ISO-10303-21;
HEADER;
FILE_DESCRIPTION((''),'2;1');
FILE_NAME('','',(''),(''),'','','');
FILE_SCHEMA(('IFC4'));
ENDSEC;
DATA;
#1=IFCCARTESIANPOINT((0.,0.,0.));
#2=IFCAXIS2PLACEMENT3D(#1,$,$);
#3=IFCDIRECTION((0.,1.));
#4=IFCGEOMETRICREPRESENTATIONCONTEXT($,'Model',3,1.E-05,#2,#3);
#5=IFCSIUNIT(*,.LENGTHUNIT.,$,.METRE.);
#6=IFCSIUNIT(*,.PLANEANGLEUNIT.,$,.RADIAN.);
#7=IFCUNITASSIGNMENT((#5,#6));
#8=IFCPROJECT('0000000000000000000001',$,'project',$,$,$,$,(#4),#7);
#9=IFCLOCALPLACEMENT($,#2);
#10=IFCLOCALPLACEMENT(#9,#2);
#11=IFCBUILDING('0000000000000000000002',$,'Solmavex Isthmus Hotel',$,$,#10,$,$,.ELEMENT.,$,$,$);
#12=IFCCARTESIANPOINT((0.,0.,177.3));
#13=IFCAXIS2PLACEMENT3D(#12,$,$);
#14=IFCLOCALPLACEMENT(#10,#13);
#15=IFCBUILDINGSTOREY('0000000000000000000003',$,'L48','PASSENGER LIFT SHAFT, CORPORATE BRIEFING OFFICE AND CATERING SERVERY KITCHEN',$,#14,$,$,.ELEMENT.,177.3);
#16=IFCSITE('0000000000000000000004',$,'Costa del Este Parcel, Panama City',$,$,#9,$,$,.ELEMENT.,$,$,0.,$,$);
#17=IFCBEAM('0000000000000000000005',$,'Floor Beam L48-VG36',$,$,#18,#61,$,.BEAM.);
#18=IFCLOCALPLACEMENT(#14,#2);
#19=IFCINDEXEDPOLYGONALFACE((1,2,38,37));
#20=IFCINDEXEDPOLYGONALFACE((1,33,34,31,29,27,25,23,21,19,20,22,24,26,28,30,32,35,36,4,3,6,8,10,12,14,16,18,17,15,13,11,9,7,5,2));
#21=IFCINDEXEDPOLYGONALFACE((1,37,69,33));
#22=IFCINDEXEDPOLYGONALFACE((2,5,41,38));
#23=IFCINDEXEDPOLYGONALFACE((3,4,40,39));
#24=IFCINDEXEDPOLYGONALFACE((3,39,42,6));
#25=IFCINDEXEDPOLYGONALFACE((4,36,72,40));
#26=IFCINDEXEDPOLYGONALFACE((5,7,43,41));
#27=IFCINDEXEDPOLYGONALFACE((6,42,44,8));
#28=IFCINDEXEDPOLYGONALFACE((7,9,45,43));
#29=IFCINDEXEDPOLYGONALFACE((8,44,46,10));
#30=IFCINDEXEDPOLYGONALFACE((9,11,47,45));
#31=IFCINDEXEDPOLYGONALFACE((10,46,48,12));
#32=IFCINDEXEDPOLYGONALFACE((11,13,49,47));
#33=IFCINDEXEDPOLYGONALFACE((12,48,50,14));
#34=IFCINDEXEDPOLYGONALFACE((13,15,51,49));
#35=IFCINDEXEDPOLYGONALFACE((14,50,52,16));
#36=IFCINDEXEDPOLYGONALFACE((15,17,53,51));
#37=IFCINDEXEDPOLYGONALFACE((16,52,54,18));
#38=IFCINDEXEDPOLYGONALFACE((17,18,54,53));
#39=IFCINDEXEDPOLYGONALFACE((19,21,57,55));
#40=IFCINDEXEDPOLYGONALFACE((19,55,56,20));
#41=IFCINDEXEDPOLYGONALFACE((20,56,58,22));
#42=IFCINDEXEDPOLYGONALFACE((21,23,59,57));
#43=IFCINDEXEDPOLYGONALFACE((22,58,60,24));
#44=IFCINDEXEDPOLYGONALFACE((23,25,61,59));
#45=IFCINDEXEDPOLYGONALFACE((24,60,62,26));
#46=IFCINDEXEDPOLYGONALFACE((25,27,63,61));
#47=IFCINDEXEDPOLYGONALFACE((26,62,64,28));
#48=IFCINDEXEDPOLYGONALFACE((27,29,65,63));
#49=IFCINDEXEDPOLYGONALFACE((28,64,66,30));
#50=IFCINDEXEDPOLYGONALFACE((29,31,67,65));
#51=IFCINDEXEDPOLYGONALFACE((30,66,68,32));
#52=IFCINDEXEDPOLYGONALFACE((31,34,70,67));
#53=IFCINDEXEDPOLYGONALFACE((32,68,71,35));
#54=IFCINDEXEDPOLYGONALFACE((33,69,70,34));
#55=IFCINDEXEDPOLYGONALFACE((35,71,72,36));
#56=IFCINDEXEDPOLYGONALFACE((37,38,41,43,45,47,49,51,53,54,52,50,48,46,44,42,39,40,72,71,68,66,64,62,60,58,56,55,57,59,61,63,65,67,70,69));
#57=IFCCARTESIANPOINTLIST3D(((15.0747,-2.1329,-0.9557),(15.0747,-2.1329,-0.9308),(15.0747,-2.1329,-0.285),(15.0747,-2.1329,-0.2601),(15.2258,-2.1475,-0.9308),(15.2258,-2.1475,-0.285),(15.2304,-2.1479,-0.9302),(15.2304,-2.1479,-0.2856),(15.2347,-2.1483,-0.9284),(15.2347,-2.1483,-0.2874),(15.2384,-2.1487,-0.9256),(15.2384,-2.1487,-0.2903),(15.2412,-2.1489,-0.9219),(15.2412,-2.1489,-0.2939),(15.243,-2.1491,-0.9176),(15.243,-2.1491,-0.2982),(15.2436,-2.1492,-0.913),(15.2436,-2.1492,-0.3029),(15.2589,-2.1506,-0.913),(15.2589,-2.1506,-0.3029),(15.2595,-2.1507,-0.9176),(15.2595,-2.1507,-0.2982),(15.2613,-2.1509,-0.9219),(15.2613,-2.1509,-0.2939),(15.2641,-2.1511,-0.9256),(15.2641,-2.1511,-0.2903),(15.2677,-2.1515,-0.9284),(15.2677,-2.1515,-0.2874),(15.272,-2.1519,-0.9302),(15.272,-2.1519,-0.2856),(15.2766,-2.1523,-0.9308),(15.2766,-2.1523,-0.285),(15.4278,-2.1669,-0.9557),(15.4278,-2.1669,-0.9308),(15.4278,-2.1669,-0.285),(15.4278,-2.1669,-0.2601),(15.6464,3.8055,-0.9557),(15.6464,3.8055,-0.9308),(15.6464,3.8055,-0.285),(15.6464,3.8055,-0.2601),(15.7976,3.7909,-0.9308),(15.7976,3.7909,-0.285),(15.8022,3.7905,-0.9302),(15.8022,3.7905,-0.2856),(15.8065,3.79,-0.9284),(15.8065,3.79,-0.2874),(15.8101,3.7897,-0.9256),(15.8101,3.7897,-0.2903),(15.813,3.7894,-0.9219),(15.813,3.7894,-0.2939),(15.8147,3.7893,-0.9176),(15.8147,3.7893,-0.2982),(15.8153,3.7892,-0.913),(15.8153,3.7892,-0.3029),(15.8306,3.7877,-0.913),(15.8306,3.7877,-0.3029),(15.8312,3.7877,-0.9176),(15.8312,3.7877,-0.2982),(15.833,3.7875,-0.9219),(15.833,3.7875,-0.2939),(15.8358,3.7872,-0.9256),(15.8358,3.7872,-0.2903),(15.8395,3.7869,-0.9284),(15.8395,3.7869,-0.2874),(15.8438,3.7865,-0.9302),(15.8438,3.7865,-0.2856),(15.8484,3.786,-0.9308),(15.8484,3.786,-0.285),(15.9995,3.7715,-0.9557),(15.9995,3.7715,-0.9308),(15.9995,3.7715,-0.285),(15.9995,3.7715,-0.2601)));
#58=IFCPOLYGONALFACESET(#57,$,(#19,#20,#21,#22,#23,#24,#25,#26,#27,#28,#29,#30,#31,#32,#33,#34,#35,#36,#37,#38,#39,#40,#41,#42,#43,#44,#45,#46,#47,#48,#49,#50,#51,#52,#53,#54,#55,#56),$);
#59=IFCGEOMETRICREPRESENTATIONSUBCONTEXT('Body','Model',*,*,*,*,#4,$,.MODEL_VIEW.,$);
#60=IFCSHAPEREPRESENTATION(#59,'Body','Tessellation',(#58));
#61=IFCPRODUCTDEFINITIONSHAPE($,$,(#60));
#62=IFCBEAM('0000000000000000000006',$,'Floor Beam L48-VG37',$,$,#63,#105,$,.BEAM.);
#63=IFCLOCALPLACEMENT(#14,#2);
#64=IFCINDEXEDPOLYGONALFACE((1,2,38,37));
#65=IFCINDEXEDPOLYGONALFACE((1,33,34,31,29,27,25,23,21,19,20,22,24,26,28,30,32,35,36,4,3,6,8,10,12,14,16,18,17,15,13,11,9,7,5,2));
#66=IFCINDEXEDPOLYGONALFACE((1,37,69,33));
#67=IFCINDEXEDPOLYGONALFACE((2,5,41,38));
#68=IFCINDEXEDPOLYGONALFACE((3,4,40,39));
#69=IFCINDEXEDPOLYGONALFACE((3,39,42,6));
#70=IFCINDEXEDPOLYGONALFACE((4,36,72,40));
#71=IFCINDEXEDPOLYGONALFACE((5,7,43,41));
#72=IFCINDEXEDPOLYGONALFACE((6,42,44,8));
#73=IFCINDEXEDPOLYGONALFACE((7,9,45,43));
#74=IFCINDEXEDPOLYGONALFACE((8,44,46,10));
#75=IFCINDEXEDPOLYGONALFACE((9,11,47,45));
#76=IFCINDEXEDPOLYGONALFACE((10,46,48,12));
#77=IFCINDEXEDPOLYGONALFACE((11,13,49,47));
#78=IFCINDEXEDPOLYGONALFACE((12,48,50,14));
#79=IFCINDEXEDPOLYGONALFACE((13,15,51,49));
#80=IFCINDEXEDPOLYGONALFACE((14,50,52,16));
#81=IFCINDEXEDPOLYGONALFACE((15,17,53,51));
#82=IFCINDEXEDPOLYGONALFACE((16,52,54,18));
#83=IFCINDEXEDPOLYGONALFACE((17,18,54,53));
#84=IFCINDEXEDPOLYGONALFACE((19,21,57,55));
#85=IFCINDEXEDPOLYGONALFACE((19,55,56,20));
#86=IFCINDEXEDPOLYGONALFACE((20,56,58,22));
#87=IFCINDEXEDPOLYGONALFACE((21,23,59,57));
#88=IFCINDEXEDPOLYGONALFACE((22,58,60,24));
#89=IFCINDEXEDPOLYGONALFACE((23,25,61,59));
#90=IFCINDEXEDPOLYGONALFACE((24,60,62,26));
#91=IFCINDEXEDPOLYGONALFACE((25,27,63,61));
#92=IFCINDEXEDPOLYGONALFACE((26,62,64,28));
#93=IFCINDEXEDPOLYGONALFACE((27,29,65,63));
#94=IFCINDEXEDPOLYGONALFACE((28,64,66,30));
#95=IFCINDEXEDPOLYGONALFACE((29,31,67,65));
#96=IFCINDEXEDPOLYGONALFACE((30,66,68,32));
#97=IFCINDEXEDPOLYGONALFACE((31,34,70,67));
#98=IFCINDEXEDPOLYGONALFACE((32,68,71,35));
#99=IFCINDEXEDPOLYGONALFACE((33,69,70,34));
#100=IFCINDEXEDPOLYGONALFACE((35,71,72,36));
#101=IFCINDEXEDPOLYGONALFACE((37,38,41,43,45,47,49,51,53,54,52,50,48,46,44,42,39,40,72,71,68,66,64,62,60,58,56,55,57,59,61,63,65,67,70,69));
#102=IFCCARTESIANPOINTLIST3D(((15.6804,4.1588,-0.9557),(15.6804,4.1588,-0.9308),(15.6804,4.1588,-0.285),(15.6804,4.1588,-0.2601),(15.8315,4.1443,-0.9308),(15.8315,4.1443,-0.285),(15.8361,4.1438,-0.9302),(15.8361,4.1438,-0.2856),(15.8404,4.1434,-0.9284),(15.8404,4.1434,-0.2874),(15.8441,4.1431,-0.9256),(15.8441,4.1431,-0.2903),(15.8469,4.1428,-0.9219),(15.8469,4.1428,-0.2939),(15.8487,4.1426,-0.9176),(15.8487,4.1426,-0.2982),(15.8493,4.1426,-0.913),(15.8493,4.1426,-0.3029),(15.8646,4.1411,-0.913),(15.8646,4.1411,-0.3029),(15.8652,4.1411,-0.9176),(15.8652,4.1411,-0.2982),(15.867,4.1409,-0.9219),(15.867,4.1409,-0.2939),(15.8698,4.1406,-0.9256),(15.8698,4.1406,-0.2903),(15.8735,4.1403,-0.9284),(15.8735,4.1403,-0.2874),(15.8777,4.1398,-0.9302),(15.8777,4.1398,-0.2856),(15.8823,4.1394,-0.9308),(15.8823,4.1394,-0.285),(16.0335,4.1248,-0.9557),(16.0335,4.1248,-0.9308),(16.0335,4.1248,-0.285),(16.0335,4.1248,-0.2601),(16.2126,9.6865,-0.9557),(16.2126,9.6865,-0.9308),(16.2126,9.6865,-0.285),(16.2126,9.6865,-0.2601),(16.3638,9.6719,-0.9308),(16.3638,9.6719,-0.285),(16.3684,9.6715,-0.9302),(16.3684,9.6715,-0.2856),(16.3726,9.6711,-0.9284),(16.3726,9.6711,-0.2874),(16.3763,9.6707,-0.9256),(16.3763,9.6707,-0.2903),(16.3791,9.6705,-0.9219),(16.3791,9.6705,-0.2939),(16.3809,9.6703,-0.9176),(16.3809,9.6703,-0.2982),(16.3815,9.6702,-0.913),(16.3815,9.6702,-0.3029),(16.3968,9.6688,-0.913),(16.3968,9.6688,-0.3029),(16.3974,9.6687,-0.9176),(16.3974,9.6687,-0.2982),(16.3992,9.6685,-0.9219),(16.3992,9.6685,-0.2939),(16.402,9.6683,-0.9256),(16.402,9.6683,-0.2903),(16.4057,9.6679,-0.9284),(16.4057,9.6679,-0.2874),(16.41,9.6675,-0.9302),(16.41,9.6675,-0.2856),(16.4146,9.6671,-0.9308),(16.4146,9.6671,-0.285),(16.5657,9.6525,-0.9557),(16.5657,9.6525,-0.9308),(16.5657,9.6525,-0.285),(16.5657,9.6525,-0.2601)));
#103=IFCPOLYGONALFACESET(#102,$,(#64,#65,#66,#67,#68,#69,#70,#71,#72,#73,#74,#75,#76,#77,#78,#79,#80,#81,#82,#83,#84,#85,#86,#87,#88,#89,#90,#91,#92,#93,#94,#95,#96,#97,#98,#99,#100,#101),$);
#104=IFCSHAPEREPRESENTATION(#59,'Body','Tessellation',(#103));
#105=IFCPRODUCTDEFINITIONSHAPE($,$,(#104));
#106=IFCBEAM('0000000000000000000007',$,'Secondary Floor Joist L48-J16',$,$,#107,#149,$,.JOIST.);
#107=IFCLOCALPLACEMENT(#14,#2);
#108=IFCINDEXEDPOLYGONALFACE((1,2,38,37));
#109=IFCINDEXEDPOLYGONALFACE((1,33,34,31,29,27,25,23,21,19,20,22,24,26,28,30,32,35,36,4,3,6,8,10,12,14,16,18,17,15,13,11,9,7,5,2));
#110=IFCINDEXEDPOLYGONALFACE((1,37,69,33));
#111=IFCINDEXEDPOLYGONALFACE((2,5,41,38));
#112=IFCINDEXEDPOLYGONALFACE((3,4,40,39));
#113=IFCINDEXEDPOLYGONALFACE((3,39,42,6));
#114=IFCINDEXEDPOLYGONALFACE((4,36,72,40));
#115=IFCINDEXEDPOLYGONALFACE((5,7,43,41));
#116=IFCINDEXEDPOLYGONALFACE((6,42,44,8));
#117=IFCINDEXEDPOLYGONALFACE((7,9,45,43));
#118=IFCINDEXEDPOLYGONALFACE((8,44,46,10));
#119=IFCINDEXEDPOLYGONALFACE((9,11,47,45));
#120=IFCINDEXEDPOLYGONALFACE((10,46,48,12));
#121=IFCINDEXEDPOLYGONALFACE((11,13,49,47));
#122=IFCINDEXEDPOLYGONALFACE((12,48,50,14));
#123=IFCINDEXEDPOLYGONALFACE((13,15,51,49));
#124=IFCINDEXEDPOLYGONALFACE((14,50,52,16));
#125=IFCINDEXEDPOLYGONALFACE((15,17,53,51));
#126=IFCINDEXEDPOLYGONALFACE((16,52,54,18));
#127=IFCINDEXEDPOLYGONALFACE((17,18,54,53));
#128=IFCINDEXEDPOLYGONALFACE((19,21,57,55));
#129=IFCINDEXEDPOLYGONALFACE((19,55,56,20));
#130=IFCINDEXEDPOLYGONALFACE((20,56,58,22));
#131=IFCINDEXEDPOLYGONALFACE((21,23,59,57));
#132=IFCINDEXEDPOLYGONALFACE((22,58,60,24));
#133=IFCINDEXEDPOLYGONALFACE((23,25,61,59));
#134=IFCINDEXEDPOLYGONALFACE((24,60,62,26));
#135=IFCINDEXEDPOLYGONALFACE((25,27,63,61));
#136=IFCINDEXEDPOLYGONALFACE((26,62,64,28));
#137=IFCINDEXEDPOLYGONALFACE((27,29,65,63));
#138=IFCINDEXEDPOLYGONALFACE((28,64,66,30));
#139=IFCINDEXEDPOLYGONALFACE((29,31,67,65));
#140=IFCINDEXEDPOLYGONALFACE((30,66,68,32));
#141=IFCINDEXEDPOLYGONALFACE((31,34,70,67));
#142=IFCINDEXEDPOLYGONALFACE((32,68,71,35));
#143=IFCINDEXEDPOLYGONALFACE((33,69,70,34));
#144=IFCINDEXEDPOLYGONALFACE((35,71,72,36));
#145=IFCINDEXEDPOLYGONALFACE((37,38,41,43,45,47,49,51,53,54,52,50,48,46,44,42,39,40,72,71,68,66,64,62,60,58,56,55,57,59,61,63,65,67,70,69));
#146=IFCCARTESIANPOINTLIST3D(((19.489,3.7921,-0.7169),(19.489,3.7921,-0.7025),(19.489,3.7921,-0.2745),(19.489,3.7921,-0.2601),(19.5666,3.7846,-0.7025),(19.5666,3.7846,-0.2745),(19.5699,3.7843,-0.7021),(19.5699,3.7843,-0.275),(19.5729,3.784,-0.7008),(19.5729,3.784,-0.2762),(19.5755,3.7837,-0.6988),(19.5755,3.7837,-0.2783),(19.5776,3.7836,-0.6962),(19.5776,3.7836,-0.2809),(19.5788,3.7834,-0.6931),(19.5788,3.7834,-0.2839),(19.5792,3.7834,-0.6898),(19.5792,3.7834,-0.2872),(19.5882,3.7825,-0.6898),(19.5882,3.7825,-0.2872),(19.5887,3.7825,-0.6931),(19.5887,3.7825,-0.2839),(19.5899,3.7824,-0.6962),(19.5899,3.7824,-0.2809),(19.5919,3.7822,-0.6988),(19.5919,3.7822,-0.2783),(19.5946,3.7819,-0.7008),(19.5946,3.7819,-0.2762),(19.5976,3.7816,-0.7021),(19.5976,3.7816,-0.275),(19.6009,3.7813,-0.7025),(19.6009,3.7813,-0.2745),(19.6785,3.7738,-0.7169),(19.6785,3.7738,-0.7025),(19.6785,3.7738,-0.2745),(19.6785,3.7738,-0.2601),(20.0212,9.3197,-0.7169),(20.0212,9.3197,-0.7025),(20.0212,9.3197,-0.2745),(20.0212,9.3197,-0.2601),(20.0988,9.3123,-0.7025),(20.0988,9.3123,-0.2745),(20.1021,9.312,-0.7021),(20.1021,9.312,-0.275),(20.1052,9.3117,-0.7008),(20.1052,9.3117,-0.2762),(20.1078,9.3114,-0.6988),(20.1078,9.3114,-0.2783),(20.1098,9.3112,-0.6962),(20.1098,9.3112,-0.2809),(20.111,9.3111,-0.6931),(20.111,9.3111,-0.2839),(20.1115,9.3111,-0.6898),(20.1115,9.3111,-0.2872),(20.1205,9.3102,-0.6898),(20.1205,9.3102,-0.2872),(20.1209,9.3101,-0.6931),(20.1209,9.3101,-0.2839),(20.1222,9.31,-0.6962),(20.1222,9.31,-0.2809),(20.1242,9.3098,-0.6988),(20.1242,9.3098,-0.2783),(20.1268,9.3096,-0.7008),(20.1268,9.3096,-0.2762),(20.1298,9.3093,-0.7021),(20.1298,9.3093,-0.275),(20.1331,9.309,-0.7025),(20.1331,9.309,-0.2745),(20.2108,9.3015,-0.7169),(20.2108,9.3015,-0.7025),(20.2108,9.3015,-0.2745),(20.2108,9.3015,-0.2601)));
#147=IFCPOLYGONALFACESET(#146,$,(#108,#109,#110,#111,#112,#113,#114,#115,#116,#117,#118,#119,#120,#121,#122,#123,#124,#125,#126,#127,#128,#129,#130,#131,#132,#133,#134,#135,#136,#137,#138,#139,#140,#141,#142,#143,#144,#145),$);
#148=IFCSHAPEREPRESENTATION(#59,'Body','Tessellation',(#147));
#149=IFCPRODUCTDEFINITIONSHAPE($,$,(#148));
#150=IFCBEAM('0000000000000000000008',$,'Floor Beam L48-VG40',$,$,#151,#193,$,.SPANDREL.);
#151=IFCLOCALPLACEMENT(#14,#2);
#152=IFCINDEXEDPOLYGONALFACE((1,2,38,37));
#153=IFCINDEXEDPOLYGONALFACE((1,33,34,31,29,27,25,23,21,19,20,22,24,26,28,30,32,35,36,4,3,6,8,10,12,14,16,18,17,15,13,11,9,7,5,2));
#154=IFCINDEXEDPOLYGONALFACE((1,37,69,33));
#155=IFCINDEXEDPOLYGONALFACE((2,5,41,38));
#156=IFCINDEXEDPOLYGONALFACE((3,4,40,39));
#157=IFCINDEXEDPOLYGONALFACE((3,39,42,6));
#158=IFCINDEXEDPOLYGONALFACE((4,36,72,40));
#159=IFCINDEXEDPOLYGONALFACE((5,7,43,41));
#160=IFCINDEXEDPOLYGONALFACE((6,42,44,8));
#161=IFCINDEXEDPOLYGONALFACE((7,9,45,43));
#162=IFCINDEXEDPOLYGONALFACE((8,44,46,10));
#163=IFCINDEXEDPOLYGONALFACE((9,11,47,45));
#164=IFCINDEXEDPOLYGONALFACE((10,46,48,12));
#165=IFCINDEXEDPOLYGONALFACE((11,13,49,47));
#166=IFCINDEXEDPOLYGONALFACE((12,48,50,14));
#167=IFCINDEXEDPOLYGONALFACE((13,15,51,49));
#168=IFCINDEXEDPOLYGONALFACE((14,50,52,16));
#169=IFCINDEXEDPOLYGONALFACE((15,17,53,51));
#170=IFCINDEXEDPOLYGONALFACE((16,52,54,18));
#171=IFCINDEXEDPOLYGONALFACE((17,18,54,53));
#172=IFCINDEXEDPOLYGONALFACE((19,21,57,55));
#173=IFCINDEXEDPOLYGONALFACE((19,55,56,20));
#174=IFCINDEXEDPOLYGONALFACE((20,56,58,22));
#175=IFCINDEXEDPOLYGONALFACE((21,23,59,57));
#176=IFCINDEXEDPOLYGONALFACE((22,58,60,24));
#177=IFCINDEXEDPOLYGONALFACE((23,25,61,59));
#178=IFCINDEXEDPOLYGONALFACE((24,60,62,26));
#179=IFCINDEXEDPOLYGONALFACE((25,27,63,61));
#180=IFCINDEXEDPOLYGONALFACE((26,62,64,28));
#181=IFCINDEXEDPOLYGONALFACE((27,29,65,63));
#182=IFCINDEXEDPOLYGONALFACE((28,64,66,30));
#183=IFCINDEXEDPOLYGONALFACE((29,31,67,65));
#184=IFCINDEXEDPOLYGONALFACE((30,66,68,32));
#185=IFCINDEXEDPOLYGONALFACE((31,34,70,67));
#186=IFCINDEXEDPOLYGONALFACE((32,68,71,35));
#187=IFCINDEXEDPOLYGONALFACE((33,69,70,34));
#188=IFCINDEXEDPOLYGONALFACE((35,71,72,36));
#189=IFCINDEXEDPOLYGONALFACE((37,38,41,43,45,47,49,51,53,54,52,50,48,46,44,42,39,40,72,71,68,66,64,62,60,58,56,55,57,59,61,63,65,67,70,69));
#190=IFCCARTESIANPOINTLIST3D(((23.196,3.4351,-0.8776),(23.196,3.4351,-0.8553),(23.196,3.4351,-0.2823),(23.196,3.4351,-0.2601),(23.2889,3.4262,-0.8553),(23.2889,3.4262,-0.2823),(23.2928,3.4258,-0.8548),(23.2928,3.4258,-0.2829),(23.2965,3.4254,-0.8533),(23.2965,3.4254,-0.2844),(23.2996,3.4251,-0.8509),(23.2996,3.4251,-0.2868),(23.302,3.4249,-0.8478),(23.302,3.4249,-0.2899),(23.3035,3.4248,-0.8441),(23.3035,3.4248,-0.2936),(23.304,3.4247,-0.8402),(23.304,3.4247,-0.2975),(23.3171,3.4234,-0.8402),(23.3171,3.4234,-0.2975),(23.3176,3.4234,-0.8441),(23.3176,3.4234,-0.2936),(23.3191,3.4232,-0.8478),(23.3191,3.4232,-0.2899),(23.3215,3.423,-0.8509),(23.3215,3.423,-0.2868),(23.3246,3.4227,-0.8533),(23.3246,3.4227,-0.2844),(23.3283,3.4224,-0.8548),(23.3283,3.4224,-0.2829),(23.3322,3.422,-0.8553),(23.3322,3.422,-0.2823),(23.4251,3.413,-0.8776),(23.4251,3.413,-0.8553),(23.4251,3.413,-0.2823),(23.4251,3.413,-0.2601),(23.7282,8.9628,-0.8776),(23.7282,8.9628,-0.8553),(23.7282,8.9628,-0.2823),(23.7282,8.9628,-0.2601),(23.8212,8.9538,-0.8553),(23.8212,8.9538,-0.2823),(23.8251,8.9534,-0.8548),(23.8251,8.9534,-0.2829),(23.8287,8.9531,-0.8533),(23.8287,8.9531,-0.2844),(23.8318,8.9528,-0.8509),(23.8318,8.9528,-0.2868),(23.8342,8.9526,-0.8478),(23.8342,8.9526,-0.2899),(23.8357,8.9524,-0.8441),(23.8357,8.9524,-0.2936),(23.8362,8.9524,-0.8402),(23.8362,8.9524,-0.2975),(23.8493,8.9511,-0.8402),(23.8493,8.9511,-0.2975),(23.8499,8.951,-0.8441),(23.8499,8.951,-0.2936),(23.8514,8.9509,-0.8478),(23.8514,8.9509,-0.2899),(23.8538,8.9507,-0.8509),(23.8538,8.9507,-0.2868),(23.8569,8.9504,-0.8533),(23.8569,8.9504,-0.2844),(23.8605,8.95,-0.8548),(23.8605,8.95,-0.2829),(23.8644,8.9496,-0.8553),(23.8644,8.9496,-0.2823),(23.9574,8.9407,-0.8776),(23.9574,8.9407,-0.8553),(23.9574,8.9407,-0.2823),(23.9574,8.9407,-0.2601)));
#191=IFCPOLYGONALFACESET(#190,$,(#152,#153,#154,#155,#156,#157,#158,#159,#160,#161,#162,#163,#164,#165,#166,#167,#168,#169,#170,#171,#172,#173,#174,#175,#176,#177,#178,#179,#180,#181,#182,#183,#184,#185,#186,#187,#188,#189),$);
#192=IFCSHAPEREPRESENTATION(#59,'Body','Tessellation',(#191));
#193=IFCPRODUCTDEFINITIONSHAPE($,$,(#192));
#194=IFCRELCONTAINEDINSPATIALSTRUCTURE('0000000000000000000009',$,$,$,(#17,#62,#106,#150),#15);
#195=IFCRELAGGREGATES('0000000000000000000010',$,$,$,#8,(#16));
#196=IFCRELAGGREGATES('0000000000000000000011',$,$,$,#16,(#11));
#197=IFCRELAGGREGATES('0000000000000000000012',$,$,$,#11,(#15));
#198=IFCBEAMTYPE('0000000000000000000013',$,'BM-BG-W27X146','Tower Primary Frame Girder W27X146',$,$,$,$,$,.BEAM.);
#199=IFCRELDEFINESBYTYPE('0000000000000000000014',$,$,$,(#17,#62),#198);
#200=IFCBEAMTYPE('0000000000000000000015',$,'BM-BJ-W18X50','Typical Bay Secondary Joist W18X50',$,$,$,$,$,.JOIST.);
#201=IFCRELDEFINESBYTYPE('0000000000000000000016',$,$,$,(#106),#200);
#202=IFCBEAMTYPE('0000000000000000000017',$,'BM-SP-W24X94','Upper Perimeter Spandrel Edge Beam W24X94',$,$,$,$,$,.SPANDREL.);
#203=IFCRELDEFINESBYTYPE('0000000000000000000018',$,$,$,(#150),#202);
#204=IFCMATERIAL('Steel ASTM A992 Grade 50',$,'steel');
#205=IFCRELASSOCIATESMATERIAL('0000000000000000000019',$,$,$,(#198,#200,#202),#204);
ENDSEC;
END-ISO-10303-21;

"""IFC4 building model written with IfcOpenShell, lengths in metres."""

from ifc_helpers import new_model, si_unit, direction, frame, origin, origin_2d, place, context, subcontext, project, spatial, i_section, extrude, material, material_profile, profile_set, type_object, element, save


model = new_model("IFC4")

# Units and contexts
model_context = context("Model", 3, precision=1e-05, world=origin(), true_north=direction((0.0, 1.0)))
body_context = subcontext(model_context, "Body", "Model", "MODEL_VIEW")
ifc_project = project(units=[si_unit("LENGTHUNIT", "METRE"), si_unit("PLANEANGLEUNIT", "RADIAN")], contexts=[model_context])

# Site, building, storey
site_placement = place(None, origin())
site = spatial("IfcSite", under=ifc_project, at=site_placement, Name="Costa del Este Parcel, Panama City", CompositionType="ELEMENT", RefElevation=0.0)
building_placement = place(site_placement, origin())
building = spatial("IfcBuilding", under=site, at=building_placement, Name="Solmavex Isthmus Hotel", CompositionType="ELEMENT")
storey_placement = place(building_placement, frame((0.0, 0.0, 177.3)))
storey = spatial("IfcBuildingStorey", under=building, at=storey_placement, Name="L48", Description="PASSENGER LIFT SHAFT, CORPORATE BRIEFING OFFICE AND CATERING SERVERY KITCHEN", CompositionType="ELEMENT", Elevation=177.3)

# Beams
ifc_material_1 = material(Name="Steel ASTM A992 Grade 50", Category="steel")
ifc_material_profile_1 = material_profile(ifc_material_1, i_section(OverallWidth=0.3547, OverallDepth=0.6956, WebThickness=0.0154, FlangeThickness=0.0249, FilletRadius=0.0178, at=origin_2d()), Name="W27X146")
ifc_profile_set_1 = profile_set([ifc_material_profile_1], Name="Steel ASTM A992 Grade 50")
beam_type_1 = type_object("IfcBeamType", Name="BM-BG-W27X146", Description="Tower Primary Frame Girder W27X146", PredefinedType="BEAM", material=ifc_profile_set_1)
beam_1_placement = place(storey_placement, frame((15.2512, -2.1499, -0.6079), z_axis=(0.09584, 0.995397, 0.0), x_axis=(-0.995397, 0.09584, 0.0)))
element("IfcBeam", 1, at=beam_1_placement, inside=storey, type_object=beam_type_1, Name="Floor Beam L48-VG36", PredefinedType="BEAM", context=body_context, shape_type="SweptSolid", body=[
    extrude(i_section(OverallWidth=0.3547, OverallDepth=0.6956, WebThickness=0.0154, FlangeThickness=0.0249, FilletRadius=0.0178, at=origin_2d()), origin(), (0.0, 0.0, 1.0), 5.9658),
])
beam_2_placement = place(storey_placement, frame((15.8569, 4.1418, -0.6079), z_axis=(0.095842, 0.995397, 0.0), x_axis=(-0.995397, 0.095842, 0.0)))
element("IfcBeam", 2, at=beam_2_placement, inside=storey, type_object=beam_type_1, Name="Floor Beam L48-VG37", PredefinedType="BEAM", context=body_context, shape_type="SweptSolid", body=[
    extrude(i_section(OverallWidth=0.3547, OverallDepth=0.6956, WebThickness=0.0154, FlangeThickness=0.0249, FilletRadius=0.0178, at=origin_2d()), origin(), (0.0, 0.0, 1.0), 5.5532),
])
ifc_material_profile_2 = material_profile(ifc_material_1, i_section(OverallWidth=0.1904, OverallDepth=0.4568, WebThickness=0.009, FlangeThickness=0.0144, FilletRadius=0.0127, at=origin_2d()), Name="W18X50")
ifc_profile_set_2 = profile_set([ifc_material_profile_2], Name="Steel ASTM A992 Grade 50")
beam_type_2 = type_object("IfcBeamType", Name="BM-BJ-W18X50", Description="Typical Bay Secondary Joist W18X50", PredefinedType="JOIST", material=ifc_profile_set_2)
beam_3_placement = place(storey_placement, frame((19.5837, 3.783, -0.4885), z_axis=(0.095842, 0.995397, 0.0), x_axis=(-0.995397, 0.095842, 0.0)))
element("IfcBeam", 3, at=beam_3_placement, inside=storey, type_object=beam_type_2, Name="Secondary Floor Joist L48-J16", PredefinedType="JOIST", context=body_context, shape_type="SweptSolid", body=[
    extrude(i_section(OverallWidth=0.1904, OverallDepth=0.4568, WebThickness=0.009, FlangeThickness=0.0144, FilletRadius=0.0127, at=origin_2d()), origin(), (0.0, 0.0, 1.0), 5.5532),
])
ifc_material_profile_3 = material_profile(ifc_material_1, i_section(OverallWidth=0.2302, OverallDepth=0.6174, WebThickness=0.0132, FlangeThickness=0.0222, FilletRadius=0.0151, at=origin_2d()), Name="W24X94")
ifc_profile_set_3 = profile_set([ifc_material_profile_3], Name="Steel ASTM A992 Grade 50")
beam_type_3 = type_object("IfcBeamType", Name="BM-SP-W24X94", Description="Upper Perimeter Spandrel Edge Beam W24X94", PredefinedType="SPANDREL", material=ifc_profile_set_3)
beam_4_placement = place(storey_placement, frame((23.3105, 3.4241, -0.5688), z_axis=(0.095842, 0.995397, 0.0), x_axis=(-0.995397, 0.095842, 0.0)))
element("IfcBeam", 4, at=beam_4_placement, inside=storey, type_object=beam_type_3, Name="Floor Beam L48-VG40", PredefinedType="SPANDREL", context=body_context, shape_type="SweptSolid", body=[
    extrude(i_section(OverallWidth=0.2302, OverallDepth=0.6174, WebThickness=0.0132, FlangeThickness=0.0222, FilletRadius=0.0151, at=origin_2d()), origin(), (0.0, 0.0, 1.0), 5.5532),
])

save(model, "model.ifc")
